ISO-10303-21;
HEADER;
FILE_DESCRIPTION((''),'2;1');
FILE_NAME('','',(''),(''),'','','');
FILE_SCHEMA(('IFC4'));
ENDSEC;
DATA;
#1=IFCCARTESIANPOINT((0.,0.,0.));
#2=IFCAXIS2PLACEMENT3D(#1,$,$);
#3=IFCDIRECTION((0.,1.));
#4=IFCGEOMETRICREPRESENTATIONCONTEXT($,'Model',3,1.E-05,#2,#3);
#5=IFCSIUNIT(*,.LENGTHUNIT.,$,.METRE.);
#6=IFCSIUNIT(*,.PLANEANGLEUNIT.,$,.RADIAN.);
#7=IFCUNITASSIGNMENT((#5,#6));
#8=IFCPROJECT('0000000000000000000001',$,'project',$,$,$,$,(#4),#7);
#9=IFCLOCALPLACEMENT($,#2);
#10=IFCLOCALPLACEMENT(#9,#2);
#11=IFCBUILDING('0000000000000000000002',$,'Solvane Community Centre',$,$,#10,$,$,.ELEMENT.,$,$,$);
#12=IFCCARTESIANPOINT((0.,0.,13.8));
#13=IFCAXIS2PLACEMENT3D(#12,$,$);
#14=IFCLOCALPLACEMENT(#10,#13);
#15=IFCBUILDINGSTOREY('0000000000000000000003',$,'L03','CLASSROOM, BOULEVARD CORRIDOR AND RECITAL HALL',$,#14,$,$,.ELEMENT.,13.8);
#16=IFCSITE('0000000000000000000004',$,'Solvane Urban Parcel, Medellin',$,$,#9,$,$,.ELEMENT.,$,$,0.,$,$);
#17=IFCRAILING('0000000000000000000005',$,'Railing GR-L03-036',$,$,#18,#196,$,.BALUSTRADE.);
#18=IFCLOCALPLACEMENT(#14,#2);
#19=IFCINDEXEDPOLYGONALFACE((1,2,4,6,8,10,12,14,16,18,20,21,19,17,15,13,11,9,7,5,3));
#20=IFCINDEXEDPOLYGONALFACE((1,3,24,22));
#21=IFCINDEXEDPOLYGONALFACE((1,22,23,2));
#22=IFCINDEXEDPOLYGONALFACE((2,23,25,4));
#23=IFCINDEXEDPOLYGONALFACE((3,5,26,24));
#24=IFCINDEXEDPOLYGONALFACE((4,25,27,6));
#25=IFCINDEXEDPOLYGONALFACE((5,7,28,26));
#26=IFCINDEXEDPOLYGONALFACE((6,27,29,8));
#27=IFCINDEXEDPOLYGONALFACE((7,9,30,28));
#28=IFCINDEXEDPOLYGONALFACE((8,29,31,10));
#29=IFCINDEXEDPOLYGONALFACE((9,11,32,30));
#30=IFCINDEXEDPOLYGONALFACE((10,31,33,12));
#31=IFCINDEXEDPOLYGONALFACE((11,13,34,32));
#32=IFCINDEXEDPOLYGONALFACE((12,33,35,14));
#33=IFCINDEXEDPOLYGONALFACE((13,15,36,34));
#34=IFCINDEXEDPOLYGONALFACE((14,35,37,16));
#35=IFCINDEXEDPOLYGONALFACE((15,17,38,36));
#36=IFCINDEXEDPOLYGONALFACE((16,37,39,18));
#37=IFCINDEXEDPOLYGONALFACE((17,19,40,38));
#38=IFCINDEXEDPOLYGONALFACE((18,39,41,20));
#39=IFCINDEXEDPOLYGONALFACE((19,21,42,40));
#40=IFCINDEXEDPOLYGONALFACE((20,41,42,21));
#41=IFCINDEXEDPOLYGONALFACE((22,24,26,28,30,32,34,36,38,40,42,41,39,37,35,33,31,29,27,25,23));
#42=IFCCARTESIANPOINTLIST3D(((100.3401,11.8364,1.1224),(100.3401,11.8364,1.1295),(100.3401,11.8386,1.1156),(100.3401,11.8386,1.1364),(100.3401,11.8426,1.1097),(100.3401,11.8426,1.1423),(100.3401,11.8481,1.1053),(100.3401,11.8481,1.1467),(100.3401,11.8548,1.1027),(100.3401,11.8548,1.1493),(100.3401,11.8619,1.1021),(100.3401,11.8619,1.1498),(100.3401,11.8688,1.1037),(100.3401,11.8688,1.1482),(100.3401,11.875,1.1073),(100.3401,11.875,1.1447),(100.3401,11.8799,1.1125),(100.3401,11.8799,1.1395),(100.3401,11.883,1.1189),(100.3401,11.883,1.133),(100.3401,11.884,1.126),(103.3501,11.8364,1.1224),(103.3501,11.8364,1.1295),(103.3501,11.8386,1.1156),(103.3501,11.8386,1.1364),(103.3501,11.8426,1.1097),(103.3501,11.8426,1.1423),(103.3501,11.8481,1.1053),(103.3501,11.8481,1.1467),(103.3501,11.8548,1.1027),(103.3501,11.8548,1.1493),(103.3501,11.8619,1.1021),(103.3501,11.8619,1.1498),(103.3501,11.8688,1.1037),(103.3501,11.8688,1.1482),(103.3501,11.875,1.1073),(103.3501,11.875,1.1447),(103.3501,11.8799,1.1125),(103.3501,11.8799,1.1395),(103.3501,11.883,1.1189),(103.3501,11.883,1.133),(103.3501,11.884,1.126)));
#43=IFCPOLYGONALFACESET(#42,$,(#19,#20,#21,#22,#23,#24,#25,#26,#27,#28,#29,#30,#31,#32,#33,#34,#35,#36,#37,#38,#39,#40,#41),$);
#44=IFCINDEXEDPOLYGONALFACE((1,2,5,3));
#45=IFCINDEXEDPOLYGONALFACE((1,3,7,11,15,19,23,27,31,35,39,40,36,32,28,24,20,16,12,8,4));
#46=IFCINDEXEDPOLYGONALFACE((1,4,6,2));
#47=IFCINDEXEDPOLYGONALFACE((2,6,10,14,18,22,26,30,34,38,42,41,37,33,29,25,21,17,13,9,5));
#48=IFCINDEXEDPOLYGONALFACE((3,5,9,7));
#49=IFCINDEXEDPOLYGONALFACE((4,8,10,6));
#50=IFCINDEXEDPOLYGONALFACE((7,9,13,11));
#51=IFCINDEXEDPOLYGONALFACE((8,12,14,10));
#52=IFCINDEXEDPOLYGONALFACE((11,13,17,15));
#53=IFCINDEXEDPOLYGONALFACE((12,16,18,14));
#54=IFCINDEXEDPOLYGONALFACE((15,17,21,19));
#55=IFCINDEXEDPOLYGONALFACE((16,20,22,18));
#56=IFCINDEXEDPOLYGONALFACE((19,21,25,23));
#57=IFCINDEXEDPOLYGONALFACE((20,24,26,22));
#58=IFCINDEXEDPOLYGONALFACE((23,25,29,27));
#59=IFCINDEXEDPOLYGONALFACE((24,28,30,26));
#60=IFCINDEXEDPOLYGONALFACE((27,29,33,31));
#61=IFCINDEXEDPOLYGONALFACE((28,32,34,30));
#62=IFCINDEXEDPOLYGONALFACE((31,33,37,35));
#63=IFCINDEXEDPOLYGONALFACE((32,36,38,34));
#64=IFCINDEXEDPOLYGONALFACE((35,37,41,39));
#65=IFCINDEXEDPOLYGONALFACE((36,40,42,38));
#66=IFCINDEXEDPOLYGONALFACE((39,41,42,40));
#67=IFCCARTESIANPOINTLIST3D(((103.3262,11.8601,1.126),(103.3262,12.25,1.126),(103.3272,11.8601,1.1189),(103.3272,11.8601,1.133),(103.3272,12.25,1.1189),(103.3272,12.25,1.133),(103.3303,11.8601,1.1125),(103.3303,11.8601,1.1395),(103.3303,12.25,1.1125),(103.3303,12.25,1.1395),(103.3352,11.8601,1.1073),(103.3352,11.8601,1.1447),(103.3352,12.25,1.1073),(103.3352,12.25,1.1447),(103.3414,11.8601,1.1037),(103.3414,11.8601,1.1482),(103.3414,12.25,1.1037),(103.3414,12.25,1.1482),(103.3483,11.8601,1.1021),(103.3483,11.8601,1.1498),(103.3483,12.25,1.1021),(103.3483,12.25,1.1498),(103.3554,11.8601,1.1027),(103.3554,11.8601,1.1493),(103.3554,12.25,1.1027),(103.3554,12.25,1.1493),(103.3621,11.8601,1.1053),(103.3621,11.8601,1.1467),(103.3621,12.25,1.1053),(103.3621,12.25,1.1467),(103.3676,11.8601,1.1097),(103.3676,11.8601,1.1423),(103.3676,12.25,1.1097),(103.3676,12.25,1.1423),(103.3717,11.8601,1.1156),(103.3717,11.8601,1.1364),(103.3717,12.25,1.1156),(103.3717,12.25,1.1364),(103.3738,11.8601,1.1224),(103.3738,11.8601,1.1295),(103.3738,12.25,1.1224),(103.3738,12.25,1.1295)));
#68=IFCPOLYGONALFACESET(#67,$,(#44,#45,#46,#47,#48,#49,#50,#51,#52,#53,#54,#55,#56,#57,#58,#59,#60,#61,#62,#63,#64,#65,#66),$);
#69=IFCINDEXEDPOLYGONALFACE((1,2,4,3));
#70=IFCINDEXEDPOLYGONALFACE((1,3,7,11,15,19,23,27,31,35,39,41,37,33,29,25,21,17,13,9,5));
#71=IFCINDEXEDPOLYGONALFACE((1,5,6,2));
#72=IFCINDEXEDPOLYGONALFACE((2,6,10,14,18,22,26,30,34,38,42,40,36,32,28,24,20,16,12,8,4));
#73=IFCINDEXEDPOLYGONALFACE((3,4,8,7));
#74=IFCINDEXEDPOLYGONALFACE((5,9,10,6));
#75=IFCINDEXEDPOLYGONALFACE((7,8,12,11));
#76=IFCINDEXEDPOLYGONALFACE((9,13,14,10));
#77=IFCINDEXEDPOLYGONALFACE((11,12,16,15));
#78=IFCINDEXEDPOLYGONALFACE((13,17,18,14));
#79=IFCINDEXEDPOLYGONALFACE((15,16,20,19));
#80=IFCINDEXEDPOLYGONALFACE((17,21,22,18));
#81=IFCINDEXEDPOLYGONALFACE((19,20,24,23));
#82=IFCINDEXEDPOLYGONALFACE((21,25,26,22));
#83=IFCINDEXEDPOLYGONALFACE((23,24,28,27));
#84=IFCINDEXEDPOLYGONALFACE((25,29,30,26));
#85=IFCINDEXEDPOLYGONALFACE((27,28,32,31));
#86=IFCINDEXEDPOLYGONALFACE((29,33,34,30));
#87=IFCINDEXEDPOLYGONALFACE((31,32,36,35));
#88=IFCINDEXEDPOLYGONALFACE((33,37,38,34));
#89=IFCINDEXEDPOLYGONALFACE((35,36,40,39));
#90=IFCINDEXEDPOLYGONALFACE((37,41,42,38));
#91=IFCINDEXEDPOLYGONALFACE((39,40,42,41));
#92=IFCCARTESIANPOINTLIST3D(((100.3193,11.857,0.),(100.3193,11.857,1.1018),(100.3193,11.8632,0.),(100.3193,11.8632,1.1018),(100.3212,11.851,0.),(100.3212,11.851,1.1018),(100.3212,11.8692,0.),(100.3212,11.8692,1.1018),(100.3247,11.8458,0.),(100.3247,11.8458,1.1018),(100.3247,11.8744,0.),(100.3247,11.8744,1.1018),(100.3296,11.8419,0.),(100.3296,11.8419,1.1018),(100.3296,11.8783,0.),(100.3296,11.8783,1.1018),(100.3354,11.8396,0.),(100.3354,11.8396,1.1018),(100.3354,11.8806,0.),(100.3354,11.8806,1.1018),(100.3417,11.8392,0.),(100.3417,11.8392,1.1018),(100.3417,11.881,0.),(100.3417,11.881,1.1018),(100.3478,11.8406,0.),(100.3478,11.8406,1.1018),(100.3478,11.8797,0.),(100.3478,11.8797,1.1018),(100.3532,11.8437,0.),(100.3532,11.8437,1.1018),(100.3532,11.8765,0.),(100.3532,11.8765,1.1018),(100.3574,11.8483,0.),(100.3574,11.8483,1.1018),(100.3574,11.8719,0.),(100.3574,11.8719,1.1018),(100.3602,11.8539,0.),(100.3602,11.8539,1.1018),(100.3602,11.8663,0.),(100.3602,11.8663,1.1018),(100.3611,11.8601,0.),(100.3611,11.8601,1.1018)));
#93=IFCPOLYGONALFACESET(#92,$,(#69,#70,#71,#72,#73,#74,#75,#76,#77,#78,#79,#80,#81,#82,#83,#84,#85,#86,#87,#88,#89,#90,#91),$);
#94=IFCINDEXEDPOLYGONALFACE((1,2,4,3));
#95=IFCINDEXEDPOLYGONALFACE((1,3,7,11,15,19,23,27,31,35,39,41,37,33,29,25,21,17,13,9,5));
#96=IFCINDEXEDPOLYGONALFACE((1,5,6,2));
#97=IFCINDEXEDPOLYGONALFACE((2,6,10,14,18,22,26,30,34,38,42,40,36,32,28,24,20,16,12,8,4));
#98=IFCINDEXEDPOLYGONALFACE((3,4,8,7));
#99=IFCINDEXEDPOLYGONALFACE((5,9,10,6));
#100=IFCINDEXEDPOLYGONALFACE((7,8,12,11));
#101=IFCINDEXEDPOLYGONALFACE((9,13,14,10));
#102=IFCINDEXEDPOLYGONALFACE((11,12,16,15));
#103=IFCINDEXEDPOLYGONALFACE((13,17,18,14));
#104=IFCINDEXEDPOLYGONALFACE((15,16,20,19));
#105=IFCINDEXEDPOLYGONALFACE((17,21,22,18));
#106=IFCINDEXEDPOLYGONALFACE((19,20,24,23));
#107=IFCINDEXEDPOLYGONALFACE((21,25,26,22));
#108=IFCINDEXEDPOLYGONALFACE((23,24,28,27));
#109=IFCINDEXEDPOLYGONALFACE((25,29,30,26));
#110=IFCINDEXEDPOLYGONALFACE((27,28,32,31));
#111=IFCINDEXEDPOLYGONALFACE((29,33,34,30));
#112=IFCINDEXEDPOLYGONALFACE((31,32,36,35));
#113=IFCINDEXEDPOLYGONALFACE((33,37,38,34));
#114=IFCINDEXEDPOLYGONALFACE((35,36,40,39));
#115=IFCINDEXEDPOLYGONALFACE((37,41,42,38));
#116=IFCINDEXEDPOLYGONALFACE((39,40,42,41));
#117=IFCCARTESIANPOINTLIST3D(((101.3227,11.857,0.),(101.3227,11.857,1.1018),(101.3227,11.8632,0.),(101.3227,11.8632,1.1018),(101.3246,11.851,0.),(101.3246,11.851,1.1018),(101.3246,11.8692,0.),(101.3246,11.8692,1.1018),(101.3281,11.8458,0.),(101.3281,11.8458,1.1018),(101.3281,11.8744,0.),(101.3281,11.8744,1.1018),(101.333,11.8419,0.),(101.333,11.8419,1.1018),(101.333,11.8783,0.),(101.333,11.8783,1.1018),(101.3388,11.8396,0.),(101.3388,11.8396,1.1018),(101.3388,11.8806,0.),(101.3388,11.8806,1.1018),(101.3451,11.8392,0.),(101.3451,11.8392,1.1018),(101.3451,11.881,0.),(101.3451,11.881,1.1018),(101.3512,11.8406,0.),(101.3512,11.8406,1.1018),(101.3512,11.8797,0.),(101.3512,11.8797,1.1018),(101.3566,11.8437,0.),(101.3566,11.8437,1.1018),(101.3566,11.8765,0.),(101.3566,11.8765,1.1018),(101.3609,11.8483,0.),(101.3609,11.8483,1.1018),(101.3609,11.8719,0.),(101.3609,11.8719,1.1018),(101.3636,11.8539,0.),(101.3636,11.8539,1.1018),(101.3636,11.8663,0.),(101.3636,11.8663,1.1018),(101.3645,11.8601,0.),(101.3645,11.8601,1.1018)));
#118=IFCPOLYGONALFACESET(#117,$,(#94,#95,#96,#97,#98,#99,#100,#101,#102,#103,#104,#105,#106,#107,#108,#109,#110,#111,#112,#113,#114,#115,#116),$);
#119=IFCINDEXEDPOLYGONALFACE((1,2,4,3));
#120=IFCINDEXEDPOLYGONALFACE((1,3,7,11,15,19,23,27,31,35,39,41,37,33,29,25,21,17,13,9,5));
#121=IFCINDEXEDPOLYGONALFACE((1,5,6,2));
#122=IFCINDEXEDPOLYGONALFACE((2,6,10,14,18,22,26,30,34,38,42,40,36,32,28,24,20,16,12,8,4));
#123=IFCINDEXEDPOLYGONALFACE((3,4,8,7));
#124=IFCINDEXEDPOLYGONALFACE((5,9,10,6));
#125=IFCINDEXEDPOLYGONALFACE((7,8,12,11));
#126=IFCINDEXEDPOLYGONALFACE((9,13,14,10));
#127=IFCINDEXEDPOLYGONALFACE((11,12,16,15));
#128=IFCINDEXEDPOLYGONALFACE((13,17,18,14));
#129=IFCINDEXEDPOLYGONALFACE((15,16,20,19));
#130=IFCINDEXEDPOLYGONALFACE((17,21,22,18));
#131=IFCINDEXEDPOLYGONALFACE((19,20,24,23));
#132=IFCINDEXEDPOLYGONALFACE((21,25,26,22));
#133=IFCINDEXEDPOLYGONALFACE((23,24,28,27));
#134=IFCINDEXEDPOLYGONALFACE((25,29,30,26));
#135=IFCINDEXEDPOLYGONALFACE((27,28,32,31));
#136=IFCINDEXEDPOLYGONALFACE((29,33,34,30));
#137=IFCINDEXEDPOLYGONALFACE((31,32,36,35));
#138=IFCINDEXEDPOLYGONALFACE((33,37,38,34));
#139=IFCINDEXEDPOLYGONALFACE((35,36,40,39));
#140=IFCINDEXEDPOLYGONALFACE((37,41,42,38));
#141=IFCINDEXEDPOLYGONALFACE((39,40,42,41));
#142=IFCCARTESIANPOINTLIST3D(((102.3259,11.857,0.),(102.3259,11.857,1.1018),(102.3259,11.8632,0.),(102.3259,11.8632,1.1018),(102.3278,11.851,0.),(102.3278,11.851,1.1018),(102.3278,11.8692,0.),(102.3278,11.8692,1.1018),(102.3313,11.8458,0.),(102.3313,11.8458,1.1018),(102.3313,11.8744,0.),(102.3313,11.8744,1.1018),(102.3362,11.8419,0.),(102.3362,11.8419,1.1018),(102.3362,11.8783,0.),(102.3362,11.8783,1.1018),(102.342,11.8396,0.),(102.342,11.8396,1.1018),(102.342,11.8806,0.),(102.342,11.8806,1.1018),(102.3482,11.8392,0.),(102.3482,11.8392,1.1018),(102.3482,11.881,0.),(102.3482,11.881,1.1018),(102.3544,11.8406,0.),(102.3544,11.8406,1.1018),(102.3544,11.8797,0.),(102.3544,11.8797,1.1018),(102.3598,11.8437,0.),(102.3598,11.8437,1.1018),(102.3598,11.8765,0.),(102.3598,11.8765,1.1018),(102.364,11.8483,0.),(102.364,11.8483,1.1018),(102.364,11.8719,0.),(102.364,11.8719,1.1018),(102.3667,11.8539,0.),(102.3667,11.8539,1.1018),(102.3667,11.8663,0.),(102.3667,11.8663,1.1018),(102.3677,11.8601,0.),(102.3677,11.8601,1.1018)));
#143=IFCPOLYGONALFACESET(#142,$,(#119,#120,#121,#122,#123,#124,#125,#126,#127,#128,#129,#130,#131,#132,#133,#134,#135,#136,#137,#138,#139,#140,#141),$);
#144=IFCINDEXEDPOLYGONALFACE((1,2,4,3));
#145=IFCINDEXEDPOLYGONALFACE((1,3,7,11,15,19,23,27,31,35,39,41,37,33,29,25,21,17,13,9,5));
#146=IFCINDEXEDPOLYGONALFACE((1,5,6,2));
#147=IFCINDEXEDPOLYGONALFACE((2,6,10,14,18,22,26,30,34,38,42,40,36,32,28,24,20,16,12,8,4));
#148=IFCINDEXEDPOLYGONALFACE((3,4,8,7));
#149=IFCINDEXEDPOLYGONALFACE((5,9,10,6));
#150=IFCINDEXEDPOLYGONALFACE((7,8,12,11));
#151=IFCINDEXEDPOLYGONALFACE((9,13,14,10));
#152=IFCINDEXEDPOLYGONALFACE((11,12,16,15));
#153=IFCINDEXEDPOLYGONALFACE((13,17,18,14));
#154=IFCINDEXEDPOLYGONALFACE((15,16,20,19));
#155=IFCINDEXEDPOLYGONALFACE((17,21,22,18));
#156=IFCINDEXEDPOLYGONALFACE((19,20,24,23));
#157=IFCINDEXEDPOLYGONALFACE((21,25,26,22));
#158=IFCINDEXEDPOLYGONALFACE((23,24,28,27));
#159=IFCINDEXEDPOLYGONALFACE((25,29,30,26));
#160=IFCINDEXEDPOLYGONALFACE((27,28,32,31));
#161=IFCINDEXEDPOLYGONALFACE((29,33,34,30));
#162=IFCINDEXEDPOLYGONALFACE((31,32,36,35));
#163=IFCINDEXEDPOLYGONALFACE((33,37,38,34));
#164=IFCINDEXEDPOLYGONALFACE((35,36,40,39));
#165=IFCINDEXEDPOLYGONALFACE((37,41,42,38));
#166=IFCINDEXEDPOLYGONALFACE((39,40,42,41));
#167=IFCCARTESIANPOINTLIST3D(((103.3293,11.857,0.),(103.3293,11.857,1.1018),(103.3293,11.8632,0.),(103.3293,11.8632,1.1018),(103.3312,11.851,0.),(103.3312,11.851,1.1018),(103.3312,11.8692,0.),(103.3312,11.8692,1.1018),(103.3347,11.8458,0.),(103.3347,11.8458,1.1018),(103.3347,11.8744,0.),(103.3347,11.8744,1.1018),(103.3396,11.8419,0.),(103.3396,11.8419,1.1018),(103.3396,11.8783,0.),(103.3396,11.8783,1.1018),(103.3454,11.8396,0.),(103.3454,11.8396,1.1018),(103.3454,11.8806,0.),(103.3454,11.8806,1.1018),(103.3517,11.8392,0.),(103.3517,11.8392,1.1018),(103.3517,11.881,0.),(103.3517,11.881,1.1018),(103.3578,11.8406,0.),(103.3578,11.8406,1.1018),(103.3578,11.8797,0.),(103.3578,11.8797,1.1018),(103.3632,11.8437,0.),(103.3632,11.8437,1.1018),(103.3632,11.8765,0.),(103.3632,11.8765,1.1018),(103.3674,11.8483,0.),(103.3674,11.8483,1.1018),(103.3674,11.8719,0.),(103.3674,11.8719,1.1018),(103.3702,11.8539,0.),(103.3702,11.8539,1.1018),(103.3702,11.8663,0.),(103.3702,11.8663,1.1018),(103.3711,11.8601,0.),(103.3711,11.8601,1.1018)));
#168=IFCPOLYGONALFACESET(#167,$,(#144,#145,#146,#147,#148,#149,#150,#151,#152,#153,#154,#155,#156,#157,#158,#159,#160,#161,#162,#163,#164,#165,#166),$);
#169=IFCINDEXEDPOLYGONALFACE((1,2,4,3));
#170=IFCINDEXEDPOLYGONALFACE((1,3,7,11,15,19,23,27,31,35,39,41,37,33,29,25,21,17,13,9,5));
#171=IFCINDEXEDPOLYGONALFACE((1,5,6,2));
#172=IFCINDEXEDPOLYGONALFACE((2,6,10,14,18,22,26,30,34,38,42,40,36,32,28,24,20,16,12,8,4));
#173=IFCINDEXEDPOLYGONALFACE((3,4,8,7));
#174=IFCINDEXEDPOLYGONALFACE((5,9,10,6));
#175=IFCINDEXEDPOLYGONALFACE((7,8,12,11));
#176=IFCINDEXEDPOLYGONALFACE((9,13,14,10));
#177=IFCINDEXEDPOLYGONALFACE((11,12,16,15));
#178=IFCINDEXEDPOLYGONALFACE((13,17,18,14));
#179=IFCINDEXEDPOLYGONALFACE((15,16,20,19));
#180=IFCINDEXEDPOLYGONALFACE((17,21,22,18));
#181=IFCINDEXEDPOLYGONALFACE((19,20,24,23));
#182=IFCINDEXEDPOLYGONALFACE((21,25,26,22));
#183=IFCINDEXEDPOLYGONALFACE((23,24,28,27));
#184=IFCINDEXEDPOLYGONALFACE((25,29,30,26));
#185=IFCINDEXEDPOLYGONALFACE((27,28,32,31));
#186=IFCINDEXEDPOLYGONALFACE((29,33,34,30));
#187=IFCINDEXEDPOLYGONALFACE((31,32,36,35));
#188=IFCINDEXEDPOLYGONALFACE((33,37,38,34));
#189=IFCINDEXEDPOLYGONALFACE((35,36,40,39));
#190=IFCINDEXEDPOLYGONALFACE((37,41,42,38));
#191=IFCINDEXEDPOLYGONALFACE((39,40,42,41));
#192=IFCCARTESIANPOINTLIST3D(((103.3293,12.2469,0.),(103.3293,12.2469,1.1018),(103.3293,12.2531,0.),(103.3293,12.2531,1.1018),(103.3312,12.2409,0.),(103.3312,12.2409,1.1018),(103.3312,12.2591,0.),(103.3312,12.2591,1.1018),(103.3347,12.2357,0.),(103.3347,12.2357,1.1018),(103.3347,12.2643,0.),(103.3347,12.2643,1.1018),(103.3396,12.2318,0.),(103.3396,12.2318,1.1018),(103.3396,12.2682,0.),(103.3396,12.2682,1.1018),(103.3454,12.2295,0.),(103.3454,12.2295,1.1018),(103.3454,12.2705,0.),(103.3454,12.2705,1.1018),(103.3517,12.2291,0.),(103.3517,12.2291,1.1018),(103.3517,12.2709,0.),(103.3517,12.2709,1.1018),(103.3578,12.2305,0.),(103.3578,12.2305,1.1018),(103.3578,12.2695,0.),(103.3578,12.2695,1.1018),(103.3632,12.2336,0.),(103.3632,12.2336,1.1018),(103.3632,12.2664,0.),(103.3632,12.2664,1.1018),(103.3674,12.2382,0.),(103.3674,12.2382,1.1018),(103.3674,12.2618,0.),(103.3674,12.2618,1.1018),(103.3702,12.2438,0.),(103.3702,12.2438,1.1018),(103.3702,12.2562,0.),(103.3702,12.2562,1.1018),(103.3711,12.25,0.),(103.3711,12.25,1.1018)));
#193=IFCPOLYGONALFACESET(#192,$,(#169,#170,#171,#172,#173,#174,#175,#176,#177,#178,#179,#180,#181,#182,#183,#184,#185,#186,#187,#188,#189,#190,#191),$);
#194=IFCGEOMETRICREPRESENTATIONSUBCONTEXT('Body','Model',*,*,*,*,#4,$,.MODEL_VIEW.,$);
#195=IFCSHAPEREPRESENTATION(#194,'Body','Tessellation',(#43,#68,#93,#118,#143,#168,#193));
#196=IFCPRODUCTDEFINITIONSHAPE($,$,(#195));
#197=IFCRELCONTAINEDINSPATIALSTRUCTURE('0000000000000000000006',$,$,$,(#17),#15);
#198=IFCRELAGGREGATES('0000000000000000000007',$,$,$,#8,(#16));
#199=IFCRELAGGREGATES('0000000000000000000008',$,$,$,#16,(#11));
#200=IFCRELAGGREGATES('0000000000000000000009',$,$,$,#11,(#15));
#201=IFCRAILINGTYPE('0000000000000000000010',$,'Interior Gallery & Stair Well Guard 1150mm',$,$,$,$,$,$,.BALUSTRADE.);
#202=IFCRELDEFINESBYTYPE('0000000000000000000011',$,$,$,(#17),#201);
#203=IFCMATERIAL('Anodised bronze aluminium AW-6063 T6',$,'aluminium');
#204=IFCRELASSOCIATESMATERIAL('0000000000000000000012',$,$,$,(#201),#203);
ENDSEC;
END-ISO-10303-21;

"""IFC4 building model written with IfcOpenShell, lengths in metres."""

from ifc_helpers import new_model, si_unit, direction, frame, origin, origin_2d, place, context, subcontext, project, spatial, circle, extrude, material, type_object, element, save


model = new_model("IFC4")

# Units and contexts
model_context = context("Model", 3, precision=1e-05, world=origin(), true_north=direction((0.0, 1.0)))
body_context = subcontext(model_context, "Body", "Model", "MODEL_VIEW")
ifc_project = project(units=[si_unit("LENGTHUNIT", "METRE"), si_unit("PLANEANGLEUNIT", "RADIAN")], contexts=[model_context])

# Site, building, storey
site_placement = place(None, origin())
site = spatial("IfcSite", under=ifc_project, at=site_placement, Name="Solvane Urban Parcel, Medellin", CompositionType="ELEMENT", RefElevation=0.0)
building_placement = place(site_placement, origin())
building = spatial("IfcBuilding", under=site, at=building_placement, Name="Solvane Community Centre", CompositionType="ELEMENT")
storey_placement = place(building_placement, frame((0.0, 0.0, 13.8)))
storey = spatial("IfcBuildingStorey", under=building, at=storey_placement, Name="L03", Description="CLASSROOM, BOULEVARD CORRIDOR AND RECITAL HALL", CompositionType="ELEMENT", Elevation=13.8)

# Shared definitions
ifc_material_1 = material(Name="Anodised bronze aluminium AW-6063 T6", Category="aluminium")

# Railing
railing_type_1 = type_object("IfcRailingType", Name="Interior Gallery & Stair Well Guard 1150mm", PredefinedType="BALUSTRADE", material=ifc_material_1)
railing_1_placement = place(storey_placement, frame((100.3401, 11.8601, 0.0)))
element("IfcRailing", 1, at=railing_1_placement, inside=storey, type_object=railing_type_1, Name="Railing GR-L03-036", PredefinedType="BALUSTRADE", context=body_context, shape_type="SweptSolid", body=[
    extrude(circle(Radius=0.0239, at=origin_2d()), frame((0.0, 0.0, 1.126), z_axis=(1.0, 0.0, 0.0), x_axis=(0.0, 1.0, 0.0)), (0.0, 0.0, 1.0), 3.01),
    extrude(circle(Radius=0.0239, at=origin_2d()), frame((3.01, 0.0, 1.126), z_axis=(0.0, 1.0, 0.0), x_axis=(-1.0, 0.0, 0.0)), (0.0, 0.0, 1.0), 0.3899),
    extrude(circle(Radius=0.021, at=origin_2d()), origin(), (0.0, 0.0, 1.0), 1.1018),
    extrude(circle(Radius=0.021, at=origin_2d()), frame((1.0034, 0.0, 0.0)), (0.0, 0.0, 1.0), 1.1018),
    extrude(circle(Radius=0.021, at=origin_2d()), frame((2.0066, 0.0, 0.0)), (0.0, 0.0, 1.0), 1.1018),
    extrude(circle(Radius=0.021, at=origin_2d()), frame((3.01, 0.0, 0.0)), (0.0, 0.0, 1.0), 1.1018),
    extrude(circle(Radius=0.021, at=origin_2d()), frame((3.01, 0.3899, 0.0)), (0.0, 0.0, 1.0), 1.1018),
])

save(model, "model.ifc")
